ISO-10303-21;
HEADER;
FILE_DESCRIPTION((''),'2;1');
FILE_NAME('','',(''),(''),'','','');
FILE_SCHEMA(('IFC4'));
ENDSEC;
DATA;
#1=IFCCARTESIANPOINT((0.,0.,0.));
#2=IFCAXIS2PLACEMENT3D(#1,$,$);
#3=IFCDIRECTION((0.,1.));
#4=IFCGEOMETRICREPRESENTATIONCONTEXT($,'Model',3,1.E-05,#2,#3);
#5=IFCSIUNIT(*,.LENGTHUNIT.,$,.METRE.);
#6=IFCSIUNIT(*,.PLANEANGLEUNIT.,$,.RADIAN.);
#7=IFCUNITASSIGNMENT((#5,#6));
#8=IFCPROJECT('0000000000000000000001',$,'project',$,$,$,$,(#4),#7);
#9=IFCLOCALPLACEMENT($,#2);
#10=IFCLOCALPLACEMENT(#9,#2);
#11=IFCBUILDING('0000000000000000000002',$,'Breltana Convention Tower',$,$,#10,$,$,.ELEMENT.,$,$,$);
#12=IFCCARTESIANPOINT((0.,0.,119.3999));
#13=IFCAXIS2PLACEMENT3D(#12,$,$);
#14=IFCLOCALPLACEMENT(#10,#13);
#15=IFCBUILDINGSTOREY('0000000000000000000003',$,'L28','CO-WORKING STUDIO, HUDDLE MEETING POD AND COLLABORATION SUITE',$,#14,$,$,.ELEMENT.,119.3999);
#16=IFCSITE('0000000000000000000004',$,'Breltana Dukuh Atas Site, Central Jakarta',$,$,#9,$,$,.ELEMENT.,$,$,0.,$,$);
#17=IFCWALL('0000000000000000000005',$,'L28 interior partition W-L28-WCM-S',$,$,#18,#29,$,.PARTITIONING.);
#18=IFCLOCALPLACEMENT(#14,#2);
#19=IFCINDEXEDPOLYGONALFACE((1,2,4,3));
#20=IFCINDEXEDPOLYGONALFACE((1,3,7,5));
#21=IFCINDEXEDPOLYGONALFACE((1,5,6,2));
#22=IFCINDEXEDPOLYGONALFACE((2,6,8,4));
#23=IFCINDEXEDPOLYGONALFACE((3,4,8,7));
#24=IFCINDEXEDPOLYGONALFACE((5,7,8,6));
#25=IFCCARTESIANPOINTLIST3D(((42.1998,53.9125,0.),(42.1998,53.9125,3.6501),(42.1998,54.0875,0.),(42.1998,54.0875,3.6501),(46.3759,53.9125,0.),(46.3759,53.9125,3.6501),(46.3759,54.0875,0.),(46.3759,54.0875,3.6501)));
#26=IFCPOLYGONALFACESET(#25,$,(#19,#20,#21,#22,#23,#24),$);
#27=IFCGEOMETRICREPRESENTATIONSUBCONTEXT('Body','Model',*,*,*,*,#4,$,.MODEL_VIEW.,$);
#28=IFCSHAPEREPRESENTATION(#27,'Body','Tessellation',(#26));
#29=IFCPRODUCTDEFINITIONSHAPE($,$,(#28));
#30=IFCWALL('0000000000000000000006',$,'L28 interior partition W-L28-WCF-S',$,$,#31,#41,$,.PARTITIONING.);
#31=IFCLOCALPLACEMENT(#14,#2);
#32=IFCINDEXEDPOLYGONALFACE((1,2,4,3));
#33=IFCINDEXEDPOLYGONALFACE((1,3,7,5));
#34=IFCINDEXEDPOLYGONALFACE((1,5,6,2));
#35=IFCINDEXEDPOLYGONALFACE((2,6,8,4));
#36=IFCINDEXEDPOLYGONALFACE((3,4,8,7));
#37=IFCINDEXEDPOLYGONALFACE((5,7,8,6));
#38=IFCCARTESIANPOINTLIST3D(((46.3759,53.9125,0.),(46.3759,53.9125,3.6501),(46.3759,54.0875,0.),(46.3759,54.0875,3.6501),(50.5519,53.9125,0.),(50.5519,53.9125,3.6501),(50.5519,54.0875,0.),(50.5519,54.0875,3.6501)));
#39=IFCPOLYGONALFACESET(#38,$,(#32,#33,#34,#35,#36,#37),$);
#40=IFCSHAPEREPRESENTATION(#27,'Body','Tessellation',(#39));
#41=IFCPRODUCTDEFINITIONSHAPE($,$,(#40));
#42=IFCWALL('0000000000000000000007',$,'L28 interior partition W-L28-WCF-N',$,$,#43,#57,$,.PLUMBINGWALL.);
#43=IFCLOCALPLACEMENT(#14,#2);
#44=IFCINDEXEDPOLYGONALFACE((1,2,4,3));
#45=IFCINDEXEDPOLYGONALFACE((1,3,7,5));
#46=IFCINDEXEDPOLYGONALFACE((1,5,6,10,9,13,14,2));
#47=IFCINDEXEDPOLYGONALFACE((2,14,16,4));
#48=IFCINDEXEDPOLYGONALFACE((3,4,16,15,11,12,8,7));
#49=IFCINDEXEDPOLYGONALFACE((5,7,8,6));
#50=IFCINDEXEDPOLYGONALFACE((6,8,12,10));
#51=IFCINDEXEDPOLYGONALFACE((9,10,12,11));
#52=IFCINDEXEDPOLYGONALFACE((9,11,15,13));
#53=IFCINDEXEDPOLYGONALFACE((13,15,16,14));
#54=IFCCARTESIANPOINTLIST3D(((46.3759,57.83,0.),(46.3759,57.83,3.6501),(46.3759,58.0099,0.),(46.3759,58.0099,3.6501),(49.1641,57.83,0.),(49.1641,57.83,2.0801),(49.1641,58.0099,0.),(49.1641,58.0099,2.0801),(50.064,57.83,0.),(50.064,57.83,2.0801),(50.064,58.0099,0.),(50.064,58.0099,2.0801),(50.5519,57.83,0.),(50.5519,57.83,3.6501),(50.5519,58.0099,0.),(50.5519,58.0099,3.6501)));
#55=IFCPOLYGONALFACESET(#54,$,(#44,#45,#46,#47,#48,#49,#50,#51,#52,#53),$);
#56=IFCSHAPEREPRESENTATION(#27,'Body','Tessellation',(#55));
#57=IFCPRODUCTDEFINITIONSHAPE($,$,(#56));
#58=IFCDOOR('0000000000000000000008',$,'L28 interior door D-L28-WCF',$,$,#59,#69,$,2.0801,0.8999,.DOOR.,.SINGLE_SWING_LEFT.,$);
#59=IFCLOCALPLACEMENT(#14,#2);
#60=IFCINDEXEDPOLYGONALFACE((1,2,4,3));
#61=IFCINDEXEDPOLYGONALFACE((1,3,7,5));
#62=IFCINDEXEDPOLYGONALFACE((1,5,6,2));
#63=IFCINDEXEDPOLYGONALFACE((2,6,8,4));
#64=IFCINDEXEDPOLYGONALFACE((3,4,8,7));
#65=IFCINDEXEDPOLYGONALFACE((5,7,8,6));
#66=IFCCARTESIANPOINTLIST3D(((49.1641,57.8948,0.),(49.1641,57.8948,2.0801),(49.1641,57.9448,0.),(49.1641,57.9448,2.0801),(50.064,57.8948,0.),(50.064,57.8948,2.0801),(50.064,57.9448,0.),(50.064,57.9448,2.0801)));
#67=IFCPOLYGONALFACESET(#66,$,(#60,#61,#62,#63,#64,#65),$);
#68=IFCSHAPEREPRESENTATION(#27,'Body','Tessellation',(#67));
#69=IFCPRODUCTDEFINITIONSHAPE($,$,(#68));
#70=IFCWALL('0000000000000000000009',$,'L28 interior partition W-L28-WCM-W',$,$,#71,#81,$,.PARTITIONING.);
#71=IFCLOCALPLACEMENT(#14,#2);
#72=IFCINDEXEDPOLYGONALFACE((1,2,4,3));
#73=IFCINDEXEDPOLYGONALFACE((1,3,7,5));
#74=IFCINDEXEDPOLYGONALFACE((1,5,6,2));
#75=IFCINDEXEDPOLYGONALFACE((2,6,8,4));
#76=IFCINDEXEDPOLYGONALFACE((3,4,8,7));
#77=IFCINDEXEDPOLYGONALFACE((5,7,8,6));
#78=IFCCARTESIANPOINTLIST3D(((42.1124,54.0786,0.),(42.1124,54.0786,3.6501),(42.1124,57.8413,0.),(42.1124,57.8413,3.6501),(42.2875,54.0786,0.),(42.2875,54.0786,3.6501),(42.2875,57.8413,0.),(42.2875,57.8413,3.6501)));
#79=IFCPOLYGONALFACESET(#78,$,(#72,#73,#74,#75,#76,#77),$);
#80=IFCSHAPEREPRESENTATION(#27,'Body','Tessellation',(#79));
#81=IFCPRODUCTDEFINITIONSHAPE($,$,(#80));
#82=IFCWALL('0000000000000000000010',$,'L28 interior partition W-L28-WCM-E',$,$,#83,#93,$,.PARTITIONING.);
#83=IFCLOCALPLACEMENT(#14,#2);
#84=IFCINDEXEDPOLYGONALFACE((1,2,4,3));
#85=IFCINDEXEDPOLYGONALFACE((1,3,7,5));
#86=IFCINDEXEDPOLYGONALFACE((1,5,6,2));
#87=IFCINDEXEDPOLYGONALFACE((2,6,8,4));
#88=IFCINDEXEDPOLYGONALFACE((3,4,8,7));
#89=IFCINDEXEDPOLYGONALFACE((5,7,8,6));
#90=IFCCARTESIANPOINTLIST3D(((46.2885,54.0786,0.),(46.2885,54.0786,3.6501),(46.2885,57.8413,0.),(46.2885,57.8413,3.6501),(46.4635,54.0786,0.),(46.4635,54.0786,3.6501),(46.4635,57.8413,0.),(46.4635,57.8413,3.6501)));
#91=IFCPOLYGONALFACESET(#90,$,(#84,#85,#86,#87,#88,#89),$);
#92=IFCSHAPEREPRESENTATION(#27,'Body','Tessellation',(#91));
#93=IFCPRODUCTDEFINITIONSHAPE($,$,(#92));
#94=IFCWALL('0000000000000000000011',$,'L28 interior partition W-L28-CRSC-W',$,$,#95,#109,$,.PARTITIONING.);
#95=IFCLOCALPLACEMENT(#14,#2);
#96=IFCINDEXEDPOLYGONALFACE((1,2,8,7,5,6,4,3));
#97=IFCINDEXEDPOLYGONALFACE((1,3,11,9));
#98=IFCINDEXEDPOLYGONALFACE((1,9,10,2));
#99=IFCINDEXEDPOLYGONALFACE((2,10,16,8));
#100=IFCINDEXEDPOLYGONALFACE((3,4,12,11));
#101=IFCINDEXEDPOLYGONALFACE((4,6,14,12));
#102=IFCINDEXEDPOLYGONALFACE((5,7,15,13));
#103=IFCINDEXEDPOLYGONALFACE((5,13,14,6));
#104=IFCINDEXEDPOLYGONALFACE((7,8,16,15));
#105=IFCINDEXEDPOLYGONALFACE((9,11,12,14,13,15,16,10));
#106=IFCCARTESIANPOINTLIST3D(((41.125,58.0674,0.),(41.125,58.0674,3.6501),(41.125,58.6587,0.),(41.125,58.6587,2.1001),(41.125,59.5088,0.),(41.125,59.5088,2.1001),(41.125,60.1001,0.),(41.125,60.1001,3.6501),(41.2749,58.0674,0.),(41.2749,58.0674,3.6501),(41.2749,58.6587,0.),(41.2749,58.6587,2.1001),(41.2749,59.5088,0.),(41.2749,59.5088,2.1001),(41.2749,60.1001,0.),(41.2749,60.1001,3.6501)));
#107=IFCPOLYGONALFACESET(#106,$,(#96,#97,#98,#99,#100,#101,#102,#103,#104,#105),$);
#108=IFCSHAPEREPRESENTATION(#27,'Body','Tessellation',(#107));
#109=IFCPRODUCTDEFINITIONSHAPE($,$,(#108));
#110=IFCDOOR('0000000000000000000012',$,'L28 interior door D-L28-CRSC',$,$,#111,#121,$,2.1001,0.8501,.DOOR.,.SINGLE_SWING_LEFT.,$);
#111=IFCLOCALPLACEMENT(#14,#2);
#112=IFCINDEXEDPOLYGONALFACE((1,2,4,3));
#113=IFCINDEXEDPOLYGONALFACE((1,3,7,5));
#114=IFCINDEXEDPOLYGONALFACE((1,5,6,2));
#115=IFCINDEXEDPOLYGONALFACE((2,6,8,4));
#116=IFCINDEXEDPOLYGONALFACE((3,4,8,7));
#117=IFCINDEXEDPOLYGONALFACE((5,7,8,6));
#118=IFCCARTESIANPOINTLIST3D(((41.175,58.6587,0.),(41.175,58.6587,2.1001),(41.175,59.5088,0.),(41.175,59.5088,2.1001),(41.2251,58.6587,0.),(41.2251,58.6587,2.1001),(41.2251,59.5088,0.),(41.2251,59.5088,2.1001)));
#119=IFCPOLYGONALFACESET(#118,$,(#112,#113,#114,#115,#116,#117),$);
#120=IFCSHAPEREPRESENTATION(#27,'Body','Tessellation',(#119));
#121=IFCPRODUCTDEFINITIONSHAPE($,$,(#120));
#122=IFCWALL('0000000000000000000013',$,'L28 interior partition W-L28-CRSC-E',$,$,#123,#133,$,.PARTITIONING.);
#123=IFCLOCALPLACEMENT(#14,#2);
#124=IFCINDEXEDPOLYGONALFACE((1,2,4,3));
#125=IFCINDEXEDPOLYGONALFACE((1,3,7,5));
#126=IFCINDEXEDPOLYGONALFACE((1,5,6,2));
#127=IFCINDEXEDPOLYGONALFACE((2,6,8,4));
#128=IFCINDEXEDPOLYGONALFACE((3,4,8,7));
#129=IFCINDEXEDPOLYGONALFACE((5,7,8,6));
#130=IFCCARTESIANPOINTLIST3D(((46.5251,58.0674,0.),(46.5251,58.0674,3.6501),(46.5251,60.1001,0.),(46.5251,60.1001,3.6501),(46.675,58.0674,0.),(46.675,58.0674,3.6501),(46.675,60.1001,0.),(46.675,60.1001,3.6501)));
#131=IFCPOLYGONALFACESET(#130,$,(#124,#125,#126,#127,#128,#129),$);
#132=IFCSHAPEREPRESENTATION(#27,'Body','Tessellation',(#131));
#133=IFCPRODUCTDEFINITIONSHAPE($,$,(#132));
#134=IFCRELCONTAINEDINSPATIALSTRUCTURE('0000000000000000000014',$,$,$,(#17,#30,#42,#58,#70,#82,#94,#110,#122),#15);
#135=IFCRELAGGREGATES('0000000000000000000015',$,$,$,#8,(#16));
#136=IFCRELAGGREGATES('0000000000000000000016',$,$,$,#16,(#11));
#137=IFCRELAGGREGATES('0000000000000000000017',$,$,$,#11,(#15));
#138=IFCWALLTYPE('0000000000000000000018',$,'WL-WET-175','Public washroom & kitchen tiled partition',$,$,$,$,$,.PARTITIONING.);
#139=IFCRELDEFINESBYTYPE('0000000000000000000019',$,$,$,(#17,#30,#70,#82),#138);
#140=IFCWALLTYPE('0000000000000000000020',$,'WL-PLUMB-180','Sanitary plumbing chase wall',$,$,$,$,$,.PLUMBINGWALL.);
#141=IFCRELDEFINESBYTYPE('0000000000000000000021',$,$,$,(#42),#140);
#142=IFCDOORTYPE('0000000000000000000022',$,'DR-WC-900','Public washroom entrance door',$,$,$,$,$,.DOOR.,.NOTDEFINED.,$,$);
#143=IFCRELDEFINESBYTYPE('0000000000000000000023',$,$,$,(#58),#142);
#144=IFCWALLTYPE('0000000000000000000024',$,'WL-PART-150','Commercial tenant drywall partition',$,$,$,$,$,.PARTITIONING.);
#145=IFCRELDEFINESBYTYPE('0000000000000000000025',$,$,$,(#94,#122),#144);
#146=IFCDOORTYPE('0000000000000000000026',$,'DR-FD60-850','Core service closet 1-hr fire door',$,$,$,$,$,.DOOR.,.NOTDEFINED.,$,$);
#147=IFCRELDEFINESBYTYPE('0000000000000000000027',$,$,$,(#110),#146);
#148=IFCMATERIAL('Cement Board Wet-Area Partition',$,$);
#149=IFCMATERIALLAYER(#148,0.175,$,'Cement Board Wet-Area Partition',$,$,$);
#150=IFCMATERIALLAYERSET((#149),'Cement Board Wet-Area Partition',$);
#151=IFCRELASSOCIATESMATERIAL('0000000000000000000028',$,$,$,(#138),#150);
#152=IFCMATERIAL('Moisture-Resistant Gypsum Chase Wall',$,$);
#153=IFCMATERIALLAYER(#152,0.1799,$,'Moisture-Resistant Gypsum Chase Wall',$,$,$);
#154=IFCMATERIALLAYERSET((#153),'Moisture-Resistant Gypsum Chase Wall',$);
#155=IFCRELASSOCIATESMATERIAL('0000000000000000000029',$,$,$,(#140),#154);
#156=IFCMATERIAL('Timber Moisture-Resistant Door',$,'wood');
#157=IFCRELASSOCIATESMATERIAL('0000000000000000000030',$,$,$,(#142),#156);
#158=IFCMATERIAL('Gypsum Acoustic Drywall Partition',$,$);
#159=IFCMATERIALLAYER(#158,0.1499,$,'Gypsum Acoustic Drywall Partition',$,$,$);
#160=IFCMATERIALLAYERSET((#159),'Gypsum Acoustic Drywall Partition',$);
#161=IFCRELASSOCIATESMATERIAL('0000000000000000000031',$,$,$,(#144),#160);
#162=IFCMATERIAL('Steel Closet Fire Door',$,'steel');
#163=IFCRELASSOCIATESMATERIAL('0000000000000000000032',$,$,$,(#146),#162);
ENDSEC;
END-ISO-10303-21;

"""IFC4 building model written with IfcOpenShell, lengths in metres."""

from ifc_helpers import new_model, si_unit, direction, frame, frame_2d, origin, place, context, subcontext, project, spatial, rectangle, extrude, source, transform, mapped, material, layer, layer_set, type_object, type_shapes, element, fill, save


model = new_model("IFC4")

# Units and contexts
model_context = context("Model", 3, precision=1e-05, world=origin(), true_north=direction((0.0, 1.0)))
body_context = subcontext(model_context, "Body", "Model", "MODEL_VIEW")
ifc_project = project(units=[si_unit("LENGTHUNIT", "METRE"), si_unit("PLANEANGLEUNIT", "RADIAN")], contexts=[model_context])

# Site, building, storey
site_placement = place(None, origin())
site = spatial("IfcSite", under=ifc_project, at=site_placement, Name="Breltana Dukuh Atas Site, Central Jakarta", CompositionType="ELEMENT", RefElevation=0.0)
building_placement = place(site_placement, origin())
building = spatial("IfcBuilding", under=site, at=building_placement, Name="Breltana Convention Tower", CompositionType="ELEMENT")
storey_placement = place(building_placement, frame((0.0, 0.0, 119.3999)))
storey = spatial("IfcBuildingStorey", under=building, at=storey_placement, Name="L28", Description="CO-WORKING STUDIO, HUDDLE MEETING POD AND COLLABORATION SUITE", CompositionType="ELEMENT", Elevation=119.3999)

# Walls
ifc_material_1 = material(Name="Cement Board Wet-Area Partition")
ifc_layer_1 = layer(ifc_material_1, 0.175, Name="Cement Board Wet-Area Partition")
ifc_layer_set_1 = layer_set([ifc_layer_1], Name="Cement Board Wet-Area Partition")
wall_type_1 = type_object("IfcWallType", Name="WL-WET-175", Description="Public washroom & kitchen tiled partition", PredefinedType="PARTITIONING", material=ifc_layer_set_1)
shared_shape_1 = source(origin(), body_context, "Body", "SweptSolid", [
    extrude(rectangle(XDim=4.176, YDim=0.175, at=frame_2d((2.0879, 0.0))), origin(), (0.0, 0.0, 1.0), 3.6501),
])
for number, where, z_axis, x_axis, name in (
    (1, (42.2, 54.0, 0.0), (0.0, 0.0, 1.0), (1.0, 0.0, 0.0), "L28 interior partition W-L28-WCM-S"),
    (2, (46.376, 54.0, 0.0), (0.0, 0.0, 1.0), (1.0, 0.0, 0.0), "L28 interior partition W-L28-WCF-S"),
):
    element("IfcWall", number, at=place(storey_placement, frame(where, z_axis=z_axis, x_axis=x_axis)), inside=storey, type_object=wall_type_1, Name=name, PredefinedType="PARTITIONING", context=body_context, shape_type="MappedRepresentation", body=[
        mapped(shared_shape_1, transform((0.0, 0.0, 0.0), scale=1.0)),
    ])

# Wall, opening, door
ifc_material_2 = material(Name="Moisture-Resistant Gypsum Chase Wall")
ifc_layer_2 = layer(ifc_material_2, 0.1799, Name="Moisture-Resistant Gypsum Chase Wall")
ifc_layer_set_2 = layer_set([ifc_layer_2], Name="Moisture-Resistant Gypsum Chase Wall")
wall_type_2 = type_object("IfcWallType", Name="WL-PLUMB-180", Description="Sanitary plumbing chase wall", PredefinedType="PLUMBINGWALL", material=ifc_layer_set_2)
shared_shape_2 = source(origin(), body_context, "Body", "SweptSolid", [
    extrude(rectangle(XDim=4.176, YDim=0.1799, at=frame_2d((2.0879, 0.0))), origin(), (0.0, 0.0, 1.0), 3.6501),
])
wall_1_placement = place(storey_placement, frame((46.376, 57.9199, 0.0), z_axis=(0.0, 0.0, 1.0), x_axis=(1.0, 0.0, 0.0)))
wall_1 = element("IfcWall", 3, at=wall_1_placement, inside=storey, type_object=wall_type_2, Name="L28 interior partition W-L28-WCF-N", PredefinedType="PLUMBINGWALL", context=body_context, shape_type="MappedRepresentation", body=[
    mapped(shared_shape_2, transform((0.0, 0.0, 0.0), scale=1.0)),
])
opening_1_placement = place(wall_1_placement, frame((2.7881, 0.0, 0.0)))
opening_1 = element("IfcOpeningElement", 4, at=opening_1_placement, cuts=wall_1, PredefinedType="OPENING", context=body_context, shape_type="SweptSolid", body=[
    extrude(rectangle(XDim=0.8999, YDim=2.0801, at=frame_2d((0.45, 1.04))), frame((0.0, 0.1001, 0.0), z_axis=(0.0, -1.0, 0.0), x_axis=(1.0, 0.0, 0.0)), (0.0, 0.0, 1.0), 0.2),
])
ifc_material_3 = material(Name="Timber Moisture-Resistant Door", Category="wood")
door_type_1 = type_object("IfcDoorType", Name="DR-WC-900", Description="Public washroom entrance door", OperationType="NOTDEFINED", PredefinedType="DOOR", material=ifc_material_3)
shared_shape_3 = source(origin(), body_context, "Body", "SweptSolid", [
    extrude(rectangle(XDim=0.8999, YDim=2.0801, at=frame_2d((0.45, 1.04))), frame((0.0, 0.0249, 0.0), z_axis=(0.0, -1.0, 0.0), x_axis=(1.0, 0.0, 0.0)), (0.0, 0.0, 1.0), 0.05),
])
type_shapes(door_type_1, [shared_shape_3])
door_1_placement = place(opening_1_placement, origin())
door_1 = element("IfcDoor", 5, at=door_1_placement, inside=storey, type_object=door_type_1, Name="L28 interior door D-L28-WCF", OperationType="SINGLE_SWING_LEFT", OverallHeight=2.0801, OverallWidth=0.8999, PredefinedType="DOOR", context=body_context, shape_type="MappedRepresentation", body=[
    mapped(shared_shape_3, transform((0.0, 0.0, 0.0), scale=1.0)),
])
fill(opening_1, door_1)

# Walls
shared_shape_4 = source(origin(), body_context, "Body", "SweptSolid", [
    extrude(rectangle(XDim=3.7627, YDim=0.175, at=frame_2d((1.8813, 0.0))), origin(), (0.0, 0.0, 1.0), 3.6501),
])
for number, where, z_axis, x_axis, name in (
    (6, (42.2, 54.0786, 0.0), (0.0, 0.0, 1.0), (0.0, 1.0, 0.0), "L28 interior partition W-L28-WCM-W"),
    (7, (46.376, 54.0786, 0.0), (0.0, 0.0, 1.0), (0.0, 1.0, 0.0), "L28 interior partition W-L28-WCM-E"),
):
    element("IfcWall", number, at=place(storey_placement, frame(where, z_axis=z_axis, x_axis=x_axis)), inside=storey, type_object=wall_type_1, Name=name, PredefinedType="PARTITIONING", context=body_context, shape_type="MappedRepresentation", body=[
        mapped(shared_shape_4, transform((0.0, 0.0, 0.0), scale=1.0)),
    ])

# Wall, opening, door
ifc_material_4 = material(Name="Gypsum Acoustic Drywall Partition")
ifc_layer_3 = layer(ifc_material_4, 0.1499, Name="Gypsum Acoustic Drywall Partition")
ifc_layer_set_3 = layer_set([ifc_layer_3], Name="Gypsum Acoustic Drywall Partition")
wall_type_3 = type_object("IfcWallType", Name="WL-PART-150", Description="Commercial tenant drywall partition", PredefinedType="PARTITIONING", material=ifc_layer_set_3)
shared_shape_5 = source(origin(), body_context, "Body", "SweptSolid", [
    extrude(rectangle(XDim=2.0327, YDim=0.1499, at=frame_2d((1.0164, 0.0))), origin(), (0.0, 0.0, 1.0), 3.6501),
])
wall_2_placement = place(storey_placement, frame((41.2, 58.0674, 0.0), z_axis=(0.0, 0.0, 1.0), x_axis=(0.0, 1.0, 0.0)))
wall_2 = element("IfcWall", 8, at=wall_2_placement, inside=storey, type_object=wall_type_3, Name="L28 interior partition W-L28-CRSC-W", PredefinedType="PARTITIONING", context=body_context, shape_type="MappedRepresentation", body=[
    mapped(shared_shape_5, transform((0.0, 0.0, 0.0), scale=1.0)),
])
opening_2_placement = place(wall_2_placement, frame((0.5913, 0.0, 0.0)))
opening_2 = element("IfcOpeningElement", 9, at=opening_2_placement, cuts=wall_2, PredefinedType="OPENING", context=body_context, shape_type="SweptSolid", body=[
    extrude(rectangle(XDim=0.8501, YDim=2.1001, at=frame_2d((0.425, 1.05))), frame((0.0, 0.085, 0.0), z_axis=(0.0, -1.0, 0.0), x_axis=(1.0, 0.0, 0.0)), (0.0, 0.0, 1.0), 0.1699),
])
ifc_material_5 = material(Name="Steel Closet Fire Door", Category="steel")
door_type_2 = type_object("IfcDoorType", Name="DR-FD60-850", Description="Core service closet 1-hr fire door", OperationType="NOTDEFINED", PredefinedType="DOOR", material=ifc_material_5)
shared_shape_6 = source(origin(), body_context, "Body", "SweptSolid", [
    extrude(rectangle(XDim=0.8501, YDim=2.1001, at=frame_2d((0.425, 1.05))), frame((0.0, 0.0249, 0.0), z_axis=(0.0, -1.0, 0.0), x_axis=(1.0, 0.0, 0.0)), (0.0, 0.0, 1.0), 0.05),
])
type_shapes(door_type_2, [shared_shape_6])
door_2_placement = place(opening_2_placement, origin())
door_2 = element("IfcDoor", 10, at=door_2_placement, inside=storey, type_object=door_type_2, Name="L28 interior door D-L28-CRSC", OperationType="SINGLE_SWING_LEFT", OverallHeight=2.1001, OverallWidth=0.8501, PredefinedType="DOOR", context=body_context, shape_type="MappedRepresentation", body=[
    mapped(shared_shape_6, transform((0.0, 0.0, 0.0), scale=1.0)),
])
fill(opening_2, door_2)

# Wall
wall_3_placement = place(storey_placement, frame((46.6001, 58.0674, 0.0), z_axis=(0.0, 0.0, 1.0), x_axis=(0.0, 1.0, 0.0)))
element("IfcWall", 11, at=wall_3_placement, inside=storey, type_object=wall_type_3, Name="L28 interior partition W-L28-CRSC-E", PredefinedType="PARTITIONING", context=body_context, shape_type="MappedRepresentation", body=[
    mapped(shared_shape_5, transform((0.0, 0.0, 0.0), scale=1.0)),
])

save(model, "model.ifc")
